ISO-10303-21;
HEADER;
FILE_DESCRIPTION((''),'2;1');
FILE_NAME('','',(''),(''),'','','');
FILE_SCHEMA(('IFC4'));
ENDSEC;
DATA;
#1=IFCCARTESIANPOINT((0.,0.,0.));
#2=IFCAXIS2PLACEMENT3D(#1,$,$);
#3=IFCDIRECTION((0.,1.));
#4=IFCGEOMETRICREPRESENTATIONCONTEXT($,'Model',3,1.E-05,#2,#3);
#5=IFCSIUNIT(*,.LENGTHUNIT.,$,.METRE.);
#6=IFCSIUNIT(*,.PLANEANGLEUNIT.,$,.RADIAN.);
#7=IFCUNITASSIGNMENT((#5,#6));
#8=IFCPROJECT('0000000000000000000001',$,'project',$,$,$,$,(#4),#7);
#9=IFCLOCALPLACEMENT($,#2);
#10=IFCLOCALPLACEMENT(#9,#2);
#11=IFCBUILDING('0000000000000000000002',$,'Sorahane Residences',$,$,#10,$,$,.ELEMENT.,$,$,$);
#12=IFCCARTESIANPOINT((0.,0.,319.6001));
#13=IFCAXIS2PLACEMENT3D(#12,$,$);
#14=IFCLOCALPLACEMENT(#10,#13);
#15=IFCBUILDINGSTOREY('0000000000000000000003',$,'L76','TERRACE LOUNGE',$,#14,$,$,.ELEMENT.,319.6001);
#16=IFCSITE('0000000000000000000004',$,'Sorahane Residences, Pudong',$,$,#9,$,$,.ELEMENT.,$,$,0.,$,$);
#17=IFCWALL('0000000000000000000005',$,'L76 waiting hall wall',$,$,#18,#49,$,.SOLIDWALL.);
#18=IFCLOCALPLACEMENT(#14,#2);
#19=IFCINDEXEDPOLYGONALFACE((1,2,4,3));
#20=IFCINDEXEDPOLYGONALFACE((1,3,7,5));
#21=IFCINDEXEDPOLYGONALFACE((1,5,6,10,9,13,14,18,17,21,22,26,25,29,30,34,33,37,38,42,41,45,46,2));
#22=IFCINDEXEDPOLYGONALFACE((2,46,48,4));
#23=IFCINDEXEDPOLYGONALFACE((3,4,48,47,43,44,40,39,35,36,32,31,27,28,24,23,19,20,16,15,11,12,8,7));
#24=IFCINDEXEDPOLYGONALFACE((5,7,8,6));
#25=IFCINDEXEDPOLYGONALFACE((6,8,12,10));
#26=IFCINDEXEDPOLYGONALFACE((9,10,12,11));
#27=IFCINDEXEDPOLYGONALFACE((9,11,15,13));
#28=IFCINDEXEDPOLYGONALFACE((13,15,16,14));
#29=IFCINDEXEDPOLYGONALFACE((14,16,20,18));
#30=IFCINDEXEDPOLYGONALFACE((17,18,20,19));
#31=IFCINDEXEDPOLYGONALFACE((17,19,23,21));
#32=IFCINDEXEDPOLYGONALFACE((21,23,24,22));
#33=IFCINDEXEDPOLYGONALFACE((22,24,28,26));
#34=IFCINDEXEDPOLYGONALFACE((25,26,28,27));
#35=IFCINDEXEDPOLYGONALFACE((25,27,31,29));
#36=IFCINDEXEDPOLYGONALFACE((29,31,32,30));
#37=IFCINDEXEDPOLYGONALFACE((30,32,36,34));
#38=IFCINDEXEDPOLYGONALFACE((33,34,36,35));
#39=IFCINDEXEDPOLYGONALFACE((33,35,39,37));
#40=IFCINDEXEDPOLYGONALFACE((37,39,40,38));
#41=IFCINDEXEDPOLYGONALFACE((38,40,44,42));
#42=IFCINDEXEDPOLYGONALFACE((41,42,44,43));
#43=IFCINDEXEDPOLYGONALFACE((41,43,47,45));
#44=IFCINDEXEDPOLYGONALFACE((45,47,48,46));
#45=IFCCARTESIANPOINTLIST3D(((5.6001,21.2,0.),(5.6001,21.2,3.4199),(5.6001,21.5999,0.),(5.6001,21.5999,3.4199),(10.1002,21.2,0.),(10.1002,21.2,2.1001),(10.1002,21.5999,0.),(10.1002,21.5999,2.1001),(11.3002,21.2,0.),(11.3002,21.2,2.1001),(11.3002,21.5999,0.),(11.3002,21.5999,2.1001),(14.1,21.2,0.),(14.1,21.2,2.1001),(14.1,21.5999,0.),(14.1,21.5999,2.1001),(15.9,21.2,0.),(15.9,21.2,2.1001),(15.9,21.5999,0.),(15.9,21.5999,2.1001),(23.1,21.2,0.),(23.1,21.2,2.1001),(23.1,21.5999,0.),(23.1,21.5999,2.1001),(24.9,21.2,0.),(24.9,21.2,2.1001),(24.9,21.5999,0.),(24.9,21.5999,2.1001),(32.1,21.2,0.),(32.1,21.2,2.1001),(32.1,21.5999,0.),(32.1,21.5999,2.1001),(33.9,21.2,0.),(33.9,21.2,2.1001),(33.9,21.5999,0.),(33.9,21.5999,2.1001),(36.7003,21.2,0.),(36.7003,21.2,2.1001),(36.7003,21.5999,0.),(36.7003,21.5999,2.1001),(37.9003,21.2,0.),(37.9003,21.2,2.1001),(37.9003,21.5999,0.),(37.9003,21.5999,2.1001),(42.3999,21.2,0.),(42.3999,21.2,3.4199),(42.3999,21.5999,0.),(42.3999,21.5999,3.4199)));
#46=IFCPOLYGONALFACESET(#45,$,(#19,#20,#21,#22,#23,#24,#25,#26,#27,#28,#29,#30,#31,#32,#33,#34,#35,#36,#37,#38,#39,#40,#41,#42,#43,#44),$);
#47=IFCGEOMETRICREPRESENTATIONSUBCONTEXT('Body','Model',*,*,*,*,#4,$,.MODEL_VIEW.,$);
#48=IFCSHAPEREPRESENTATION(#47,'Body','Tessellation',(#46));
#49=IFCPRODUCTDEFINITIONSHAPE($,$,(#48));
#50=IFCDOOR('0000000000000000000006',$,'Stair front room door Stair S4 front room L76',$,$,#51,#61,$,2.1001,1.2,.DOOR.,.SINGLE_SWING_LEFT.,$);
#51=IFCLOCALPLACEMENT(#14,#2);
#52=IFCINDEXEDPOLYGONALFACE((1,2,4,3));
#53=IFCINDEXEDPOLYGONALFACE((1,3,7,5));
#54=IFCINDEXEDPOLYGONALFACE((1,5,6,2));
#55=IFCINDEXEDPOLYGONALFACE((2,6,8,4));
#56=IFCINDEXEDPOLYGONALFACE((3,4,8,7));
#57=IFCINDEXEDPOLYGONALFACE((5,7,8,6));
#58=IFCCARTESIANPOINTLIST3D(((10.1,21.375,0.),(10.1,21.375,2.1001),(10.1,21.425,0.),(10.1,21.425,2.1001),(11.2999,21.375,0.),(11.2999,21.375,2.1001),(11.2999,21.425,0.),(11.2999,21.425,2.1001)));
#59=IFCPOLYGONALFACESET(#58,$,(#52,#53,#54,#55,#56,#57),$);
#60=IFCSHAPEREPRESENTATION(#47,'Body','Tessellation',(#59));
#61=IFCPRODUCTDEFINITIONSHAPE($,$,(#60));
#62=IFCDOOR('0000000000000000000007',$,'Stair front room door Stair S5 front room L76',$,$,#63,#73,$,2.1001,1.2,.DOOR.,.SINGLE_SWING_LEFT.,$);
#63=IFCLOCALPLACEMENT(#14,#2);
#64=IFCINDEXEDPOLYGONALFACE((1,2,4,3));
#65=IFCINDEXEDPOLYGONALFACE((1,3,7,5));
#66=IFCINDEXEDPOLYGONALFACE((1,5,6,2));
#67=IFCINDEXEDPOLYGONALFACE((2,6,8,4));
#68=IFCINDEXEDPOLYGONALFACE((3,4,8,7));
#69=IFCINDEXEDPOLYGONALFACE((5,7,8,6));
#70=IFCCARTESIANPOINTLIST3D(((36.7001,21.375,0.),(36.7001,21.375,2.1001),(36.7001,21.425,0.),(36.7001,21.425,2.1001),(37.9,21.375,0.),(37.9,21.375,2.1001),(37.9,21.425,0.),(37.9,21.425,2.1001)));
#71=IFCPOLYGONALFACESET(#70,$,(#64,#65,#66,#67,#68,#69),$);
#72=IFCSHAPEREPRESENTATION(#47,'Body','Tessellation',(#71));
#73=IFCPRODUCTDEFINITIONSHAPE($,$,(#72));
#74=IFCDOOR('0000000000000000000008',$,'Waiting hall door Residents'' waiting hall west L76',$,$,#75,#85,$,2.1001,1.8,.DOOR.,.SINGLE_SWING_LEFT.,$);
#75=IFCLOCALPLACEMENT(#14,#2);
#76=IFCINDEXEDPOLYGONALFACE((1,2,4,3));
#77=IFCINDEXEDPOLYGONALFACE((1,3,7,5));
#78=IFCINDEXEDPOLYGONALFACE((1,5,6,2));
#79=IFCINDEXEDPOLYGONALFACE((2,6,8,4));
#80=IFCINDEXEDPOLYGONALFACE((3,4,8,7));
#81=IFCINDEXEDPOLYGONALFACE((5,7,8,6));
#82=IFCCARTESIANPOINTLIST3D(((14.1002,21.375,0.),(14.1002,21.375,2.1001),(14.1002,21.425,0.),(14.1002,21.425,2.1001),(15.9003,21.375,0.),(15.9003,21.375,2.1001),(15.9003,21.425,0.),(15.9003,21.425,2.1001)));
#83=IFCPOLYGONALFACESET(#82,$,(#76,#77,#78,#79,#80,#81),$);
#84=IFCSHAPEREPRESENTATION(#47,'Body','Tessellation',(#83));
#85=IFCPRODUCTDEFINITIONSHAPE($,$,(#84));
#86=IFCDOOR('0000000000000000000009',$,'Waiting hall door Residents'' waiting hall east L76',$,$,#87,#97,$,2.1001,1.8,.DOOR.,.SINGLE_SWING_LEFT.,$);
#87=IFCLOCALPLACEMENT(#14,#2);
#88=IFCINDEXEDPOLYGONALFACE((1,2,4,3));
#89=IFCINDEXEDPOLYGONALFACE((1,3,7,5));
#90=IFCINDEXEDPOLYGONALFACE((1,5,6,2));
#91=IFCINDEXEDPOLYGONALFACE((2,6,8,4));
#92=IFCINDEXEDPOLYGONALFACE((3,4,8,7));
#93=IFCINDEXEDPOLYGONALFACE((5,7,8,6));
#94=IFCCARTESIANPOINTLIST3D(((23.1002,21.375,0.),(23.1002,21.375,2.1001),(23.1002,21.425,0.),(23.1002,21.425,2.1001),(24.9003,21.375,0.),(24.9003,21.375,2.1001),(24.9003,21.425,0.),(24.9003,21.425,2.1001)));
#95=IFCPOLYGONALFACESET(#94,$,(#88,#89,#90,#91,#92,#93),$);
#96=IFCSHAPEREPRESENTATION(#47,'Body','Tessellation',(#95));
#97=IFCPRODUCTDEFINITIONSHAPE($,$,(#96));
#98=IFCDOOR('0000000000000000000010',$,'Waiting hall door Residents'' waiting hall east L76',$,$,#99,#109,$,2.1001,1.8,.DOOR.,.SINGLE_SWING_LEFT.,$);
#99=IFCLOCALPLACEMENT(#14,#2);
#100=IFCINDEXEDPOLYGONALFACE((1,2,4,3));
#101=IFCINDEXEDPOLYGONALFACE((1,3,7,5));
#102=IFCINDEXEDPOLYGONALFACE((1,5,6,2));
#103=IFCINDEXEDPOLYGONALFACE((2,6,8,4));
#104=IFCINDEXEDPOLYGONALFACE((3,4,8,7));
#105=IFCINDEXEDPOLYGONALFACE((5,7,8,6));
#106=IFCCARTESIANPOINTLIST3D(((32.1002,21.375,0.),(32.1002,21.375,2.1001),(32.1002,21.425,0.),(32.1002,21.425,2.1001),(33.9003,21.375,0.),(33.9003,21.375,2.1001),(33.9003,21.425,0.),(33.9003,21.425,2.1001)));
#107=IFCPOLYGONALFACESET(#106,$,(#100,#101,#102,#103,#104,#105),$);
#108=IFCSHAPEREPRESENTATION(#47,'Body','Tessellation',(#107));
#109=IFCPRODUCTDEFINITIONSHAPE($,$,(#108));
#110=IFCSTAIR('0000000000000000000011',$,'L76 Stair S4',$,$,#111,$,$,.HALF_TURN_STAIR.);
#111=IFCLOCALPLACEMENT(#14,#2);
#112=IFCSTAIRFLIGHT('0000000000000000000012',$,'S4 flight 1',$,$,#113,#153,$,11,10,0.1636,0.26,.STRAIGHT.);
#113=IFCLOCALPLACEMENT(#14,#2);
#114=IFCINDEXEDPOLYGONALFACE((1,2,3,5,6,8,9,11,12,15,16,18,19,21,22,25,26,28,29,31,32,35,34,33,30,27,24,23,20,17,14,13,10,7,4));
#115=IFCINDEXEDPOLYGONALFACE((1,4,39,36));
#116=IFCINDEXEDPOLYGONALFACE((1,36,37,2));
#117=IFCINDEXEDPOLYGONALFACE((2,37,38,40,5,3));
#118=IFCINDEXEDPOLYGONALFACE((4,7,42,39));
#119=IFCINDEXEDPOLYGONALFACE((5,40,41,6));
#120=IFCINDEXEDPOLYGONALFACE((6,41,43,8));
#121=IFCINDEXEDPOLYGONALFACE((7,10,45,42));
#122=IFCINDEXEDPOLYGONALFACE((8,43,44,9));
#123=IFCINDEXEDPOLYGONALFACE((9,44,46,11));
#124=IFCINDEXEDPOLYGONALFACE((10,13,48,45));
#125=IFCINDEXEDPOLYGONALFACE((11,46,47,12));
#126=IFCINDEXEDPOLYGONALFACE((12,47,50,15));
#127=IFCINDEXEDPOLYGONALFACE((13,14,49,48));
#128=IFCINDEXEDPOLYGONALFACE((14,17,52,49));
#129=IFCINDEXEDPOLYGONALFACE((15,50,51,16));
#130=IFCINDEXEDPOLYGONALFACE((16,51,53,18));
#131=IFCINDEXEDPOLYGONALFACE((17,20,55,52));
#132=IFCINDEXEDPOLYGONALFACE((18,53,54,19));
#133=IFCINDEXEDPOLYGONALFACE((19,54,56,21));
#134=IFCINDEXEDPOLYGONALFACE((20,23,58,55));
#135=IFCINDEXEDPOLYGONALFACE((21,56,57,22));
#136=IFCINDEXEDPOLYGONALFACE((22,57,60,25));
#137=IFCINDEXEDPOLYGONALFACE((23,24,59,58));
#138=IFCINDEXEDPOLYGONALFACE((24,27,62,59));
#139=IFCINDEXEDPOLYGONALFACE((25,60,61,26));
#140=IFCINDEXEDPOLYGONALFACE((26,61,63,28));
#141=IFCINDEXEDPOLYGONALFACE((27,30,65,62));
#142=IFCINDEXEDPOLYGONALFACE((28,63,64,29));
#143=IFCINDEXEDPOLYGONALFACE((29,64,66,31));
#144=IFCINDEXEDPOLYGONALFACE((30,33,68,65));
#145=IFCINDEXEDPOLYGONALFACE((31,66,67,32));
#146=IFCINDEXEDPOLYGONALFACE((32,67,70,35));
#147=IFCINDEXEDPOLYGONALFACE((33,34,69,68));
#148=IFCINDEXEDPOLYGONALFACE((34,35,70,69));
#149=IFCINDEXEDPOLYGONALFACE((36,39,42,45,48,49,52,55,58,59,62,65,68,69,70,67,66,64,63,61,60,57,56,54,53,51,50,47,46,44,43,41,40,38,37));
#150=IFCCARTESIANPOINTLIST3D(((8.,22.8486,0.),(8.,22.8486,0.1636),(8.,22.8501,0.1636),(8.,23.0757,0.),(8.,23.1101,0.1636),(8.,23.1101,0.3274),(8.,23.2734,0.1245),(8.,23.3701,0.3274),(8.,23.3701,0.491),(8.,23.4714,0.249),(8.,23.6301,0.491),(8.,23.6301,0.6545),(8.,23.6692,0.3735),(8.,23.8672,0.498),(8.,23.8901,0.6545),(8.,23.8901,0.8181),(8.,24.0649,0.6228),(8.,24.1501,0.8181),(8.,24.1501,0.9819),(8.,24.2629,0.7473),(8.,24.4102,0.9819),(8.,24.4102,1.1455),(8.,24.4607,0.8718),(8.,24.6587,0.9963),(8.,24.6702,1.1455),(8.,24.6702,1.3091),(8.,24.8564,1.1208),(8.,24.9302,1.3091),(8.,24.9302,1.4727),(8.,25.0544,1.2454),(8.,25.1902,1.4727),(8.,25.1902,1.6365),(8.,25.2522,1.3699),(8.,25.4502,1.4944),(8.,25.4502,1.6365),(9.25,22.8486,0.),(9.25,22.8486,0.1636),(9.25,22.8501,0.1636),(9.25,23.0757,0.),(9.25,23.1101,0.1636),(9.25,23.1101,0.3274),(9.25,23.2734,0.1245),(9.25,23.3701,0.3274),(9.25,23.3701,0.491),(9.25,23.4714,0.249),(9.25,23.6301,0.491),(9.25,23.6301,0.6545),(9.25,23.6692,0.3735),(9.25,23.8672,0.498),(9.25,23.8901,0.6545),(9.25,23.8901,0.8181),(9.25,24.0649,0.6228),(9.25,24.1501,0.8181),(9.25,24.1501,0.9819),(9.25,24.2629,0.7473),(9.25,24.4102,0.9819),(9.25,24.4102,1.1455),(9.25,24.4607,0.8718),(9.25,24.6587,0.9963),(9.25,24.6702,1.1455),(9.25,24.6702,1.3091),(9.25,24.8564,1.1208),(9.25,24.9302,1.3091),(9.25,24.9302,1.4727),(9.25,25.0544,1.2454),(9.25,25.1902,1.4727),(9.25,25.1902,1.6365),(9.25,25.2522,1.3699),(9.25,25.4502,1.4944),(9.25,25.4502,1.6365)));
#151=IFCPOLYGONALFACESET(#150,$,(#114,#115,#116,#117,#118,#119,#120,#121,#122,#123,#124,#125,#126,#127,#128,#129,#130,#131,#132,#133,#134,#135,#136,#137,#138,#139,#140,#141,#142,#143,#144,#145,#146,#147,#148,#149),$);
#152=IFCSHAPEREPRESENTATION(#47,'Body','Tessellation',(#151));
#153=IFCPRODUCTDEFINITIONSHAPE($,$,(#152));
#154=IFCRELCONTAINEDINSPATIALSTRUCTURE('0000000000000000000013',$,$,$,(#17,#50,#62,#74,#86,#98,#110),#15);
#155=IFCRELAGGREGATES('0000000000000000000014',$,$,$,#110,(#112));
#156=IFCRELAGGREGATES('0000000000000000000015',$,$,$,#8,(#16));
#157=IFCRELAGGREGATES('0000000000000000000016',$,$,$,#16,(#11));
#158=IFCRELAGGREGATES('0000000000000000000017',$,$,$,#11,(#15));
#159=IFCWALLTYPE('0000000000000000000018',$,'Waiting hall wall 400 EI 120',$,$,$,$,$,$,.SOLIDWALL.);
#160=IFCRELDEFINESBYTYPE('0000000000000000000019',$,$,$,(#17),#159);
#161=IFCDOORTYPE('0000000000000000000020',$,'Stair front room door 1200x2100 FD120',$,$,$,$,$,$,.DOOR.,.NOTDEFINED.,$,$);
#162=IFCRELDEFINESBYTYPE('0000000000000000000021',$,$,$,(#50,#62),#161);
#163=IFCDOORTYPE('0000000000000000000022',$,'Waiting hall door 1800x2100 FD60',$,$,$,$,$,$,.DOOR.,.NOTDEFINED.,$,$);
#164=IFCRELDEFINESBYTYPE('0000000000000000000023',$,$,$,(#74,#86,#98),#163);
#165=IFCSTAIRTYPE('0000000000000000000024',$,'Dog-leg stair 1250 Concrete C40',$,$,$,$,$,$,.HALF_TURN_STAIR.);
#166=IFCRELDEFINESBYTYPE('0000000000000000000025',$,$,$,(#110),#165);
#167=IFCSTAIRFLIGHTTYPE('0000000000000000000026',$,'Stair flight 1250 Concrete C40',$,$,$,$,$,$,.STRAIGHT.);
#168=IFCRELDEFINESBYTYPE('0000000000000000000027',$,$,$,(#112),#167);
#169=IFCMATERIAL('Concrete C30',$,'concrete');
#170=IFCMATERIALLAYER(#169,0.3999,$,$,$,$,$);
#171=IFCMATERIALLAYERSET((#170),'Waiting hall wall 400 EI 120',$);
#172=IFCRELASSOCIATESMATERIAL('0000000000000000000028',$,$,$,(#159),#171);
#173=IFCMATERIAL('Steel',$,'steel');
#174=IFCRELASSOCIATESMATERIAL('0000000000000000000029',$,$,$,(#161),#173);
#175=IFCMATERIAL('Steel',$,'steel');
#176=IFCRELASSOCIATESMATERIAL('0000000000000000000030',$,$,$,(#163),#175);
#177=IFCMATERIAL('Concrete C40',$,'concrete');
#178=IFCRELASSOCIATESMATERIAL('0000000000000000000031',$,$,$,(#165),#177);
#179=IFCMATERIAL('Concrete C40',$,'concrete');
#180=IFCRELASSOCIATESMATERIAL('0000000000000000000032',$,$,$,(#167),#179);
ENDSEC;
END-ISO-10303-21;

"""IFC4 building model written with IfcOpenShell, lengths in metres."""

from ifc_helpers import new_model, si_unit, direction, frame, frame_2d, origin, place, context, subcontext, project, spatial, polyline, rectangle, outline, extrude, material, layer, layer_set, type_object, element, fill, aggregate, save


model = new_model("IFC4")

# Units and contexts
model_context = context("Model", 3, precision=1e-05, world=origin(), true_north=direction((0.0, 1.0)))
body_context = subcontext(model_context, "Body", "Model", "MODEL_VIEW")
ifc_project = project(units=[si_unit("LENGTHUNIT", "METRE"), si_unit("PLANEANGLEUNIT", "RADIAN")], contexts=[model_context])

# Site, building, storey
site_placement = place(None, origin())
site = spatial("IfcSite", under=ifc_project, at=site_placement, Name="Sorahane Residences, Pudong", CompositionType="ELEMENT", RefElevation=0.0)
building_placement = place(site_placement, origin())
building = spatial("IfcBuilding", under=site, at=building_placement, Name="Sorahane Residences", CompositionType="ELEMENT")
storey_placement = place(building_placement, frame((0.0, 0.0, 319.6001)))
storey = spatial("IfcBuildingStorey", under=building, at=storey_placement, Name="L76", Description="TERRACE LOUNGE", CompositionType="ELEMENT", Elevation=319.6001)

# Wall, openings, doors
ifc_material_1 = material(Name="Concrete C30", Category="concrete")
ifc_layer_1 = layer(ifc_material_1, 0.3999)
ifc_layer_set_1 = layer_set([ifc_layer_1], Name="Waiting hall wall 400 EI 120")
wall_type_1 = type_object("IfcWallType", Name="Waiting hall wall 400 EI 120", PredefinedType="SOLIDWALL", material=ifc_layer_set_1)
wall_1_placement = place(storey_placement, frame((5.6001, 21.3999, 0.0), z_axis=(0.0, 0.0, 1.0), x_axis=(1.0, 0.0, 0.0)))
wall_1 = element("IfcWall", 1, at=wall_1_placement, inside=storey, type_object=wall_type_1, Name="L76 waiting hall wall", PredefinedType="SOLIDWALL", context=body_context, shape_type="SweptSolid", body=[
    extrude(rectangle(XDim=36.7998, YDim=0.3999, at=frame_2d((18.3999, 0.0))), origin(), (0.0, 0.0, 1.0), 3.4199),
])
opening_1_placement = place(wall_1_placement, frame((8.5, 0.0, 0.0)))
opening_1 = element("IfcOpeningElement", 2, at=opening_1_placement, cuts=wall_1, PredefinedType="OPENING", context=body_context, shape_type="SweptSolid", body=[
    extrude(rectangle(XDim=1.8, YDim=2.1001, at=frame_2d((0.8999, 1.05))), frame((0.0, 0.21, 0.0), z_axis=(0.0, -1.0, 0.0), x_axis=(1.0, 0.0, 0.0)), (0.0, 0.0, 1.0), 0.4199),
])
opening_2_placement = place(wall_1_placement, frame((17.5, 0.0, 0.0)))
opening_2 = element("IfcOpeningElement", 3, at=opening_2_placement, cuts=wall_1, PredefinedType="OPENING", context=body_context, shape_type="SweptSolid", body=[
    extrude(rectangle(XDim=1.8, YDim=2.1001, at=frame_2d((0.8999, 1.05))), frame((0.0, 0.21, 0.0), z_axis=(0.0, -1.0, 0.0), x_axis=(1.0, 0.0, 0.0)), (0.0, 0.0, 1.0), 0.4199),
])
opening_3_placement = place(wall_1_placement, frame((26.5, 0.0, 0.0)))
opening_3 = element("IfcOpeningElement", 4, at=opening_3_placement, cuts=wall_1, PredefinedType="OPENING", context=body_context, shape_type="SweptSolid", body=[
    extrude(rectangle(XDim=1.8, YDim=2.1001, at=frame_2d((0.8999, 1.05))), frame((0.0, 0.21, 0.0), z_axis=(0.0, -1.0, 0.0), x_axis=(1.0, 0.0, 0.0)), (0.0, 0.0, 1.0), 0.4199),
])
opening_4_placement = place(wall_1_placement, frame((4.5, 0.0, 0.0)))
opening_4 = element("IfcOpeningElement", 5, at=opening_4_placement, cuts=wall_1, PredefinedType="OPENING", context=body_context, shape_type="SweptSolid", body=[
    extrude(rectangle(XDim=1.2, YDim=2.1001, at=frame_2d((0.6001, 1.05))), frame((0.0, 0.21, 0.0), z_axis=(0.0, -1.0, 0.0), x_axis=(1.0, 0.0, 0.0)), (0.0, 0.0, 1.0), 0.4199),
])
opening_5_placement = place(wall_1_placement, frame((31.1001, 0.0, 0.0)))
opening_5 = element("IfcOpeningElement", 6, at=opening_5_placement, cuts=wall_1, PredefinedType="OPENING", context=body_context, shape_type="SweptSolid", body=[
    extrude(rectangle(XDim=1.2, YDim=2.1001, at=frame_2d((0.6001, 1.05))), frame((0.0, 0.21, 0.0), z_axis=(0.0, -1.0, 0.0), x_axis=(1.0, 0.0, 0.0)), (0.0, 0.0, 1.0), 0.4199),
])
ifc_material_2 = material(Name="Steel", Category="steel")
door_type_1 = type_object("IfcDoorType", Name="Stair front room door 1200x2100 FD120", OperationType="NOTDEFINED", PredefinedType="DOOR", material=ifc_material_2)
door_1_placement = place(opening_4_placement, frame((1.2, 0.0, 0.0), z_axis=(0.0, 0.0, 1.0), x_axis=(-1.0, 0.0, 0.0)))
door_1 = element("IfcDoor", 7, at=door_1_placement, inside=storey, type_object=door_type_1, Name="Stair front room door Stair S4 front room L76", OperationType="SINGLE_SWING_LEFT", OverallHeight=2.1001, OverallWidth=1.2, PredefinedType="DOOR", context=body_context, shape_type="SweptSolid", body=[
    extrude(rectangle(XDim=1.2, YDim=2.1001, at=frame_2d((0.6001, 1.05))), frame((0.0, 0.0249, 0.0), z_axis=(0.0, -1.0, 0.0), x_axis=(1.0, 0.0, 0.0)), (0.0, 0.0, 1.0), 0.05),
])
fill(opening_4, door_1)
door_2_placement = place(opening_5_placement, frame((1.2, 0.0, 0.0), z_axis=(0.0, 0.0, 1.0), x_axis=(-1.0, 0.0, 0.0)))
door_2 = element("IfcDoor", 8, at=door_2_placement, inside=storey, type_object=door_type_1, Name="Stair front room door Stair S5 front room L76", OperationType="SINGLE_SWING_LEFT", OverallHeight=2.1001, OverallWidth=1.2, PredefinedType="DOOR", context=body_context, shape_type="SweptSolid", body=[
    extrude(rectangle(XDim=1.2, YDim=2.1001, at=frame_2d((0.6001, 1.05))), frame((0.0, 0.0249, 0.0), z_axis=(0.0, -1.0, 0.0), x_axis=(1.0, 0.0, 0.0)), (0.0, 0.0, 1.0), 0.05),
])
fill(opening_5, door_2)
ifc_material_3 = material(Name="Steel", Category="steel")
door_type_2 = type_object("IfcDoorType", Name="Waiting hall door 1800x2100 FD60", OperationType="NOTDEFINED", PredefinedType="DOOR", material=ifc_material_3)
door_3_placement = place(opening_1_placement, frame((1.8, 0.0, 0.0), z_axis=(0.0, 0.0, 1.0), x_axis=(-1.0, 0.0, 0.0)))
door_3 = element("IfcDoor", 9, at=door_3_placement, inside=storey, type_object=door_type_2, Name="Waiting hall door Residents' waiting hall west L76", OperationType="SINGLE_SWING_LEFT", OverallHeight=2.1001, OverallWidth=1.8, PredefinedType="DOOR", context=body_context, shape_type="SweptSolid", body=[
    extrude(rectangle(XDim=1.8, YDim=2.1001, at=frame_2d((0.8999, 1.05))), frame((0.0, 0.0249, 0.0), z_axis=(0.0, -1.0, 0.0), x_axis=(1.0, 0.0, 0.0)), (0.0, 0.0, 1.0), 0.05),
])
fill(opening_1, door_3)
door_4_placement = place(opening_2_placement, frame((1.8, 0.0, 0.0), z_axis=(0.0, 0.0, 1.0), x_axis=(-1.0, 0.0, 0.0)))
door_4 = element("IfcDoor", 10, at=door_4_placement, inside=storey, type_object=door_type_2, Name="Waiting hall door Residents' waiting hall east L76", OperationType="SINGLE_SWING_LEFT", OverallHeight=2.1001, OverallWidth=1.8, PredefinedType="DOOR", context=body_context, shape_type="SweptSolid", body=[
    extrude(rectangle(XDim=1.8, YDim=2.1001, at=frame_2d((0.8999, 1.05))), frame((0.0, 0.0249, 0.0), z_axis=(0.0, -1.0, 0.0), x_axis=(1.0, 0.0, 0.0)), (0.0, 0.0, 1.0), 0.05),
])
fill(opening_2, door_4)
door_5_placement = place(opening_3_placement, frame((1.8, 0.0, 0.0), z_axis=(0.0, 0.0, 1.0), x_axis=(-1.0, 0.0, 0.0)))
door_5 = element("IfcDoor", 11, at=door_5_placement, inside=storey, type_object=door_type_2, Name="Waiting hall door Residents' waiting hall east L76", OperationType="SINGLE_SWING_LEFT", OverallHeight=2.1001, OverallWidth=1.8, PredefinedType="DOOR", context=body_context, shape_type="SweptSolid", body=[
    extrude(rectangle(XDim=1.8, YDim=2.1001, at=frame_2d((0.8999, 1.05))), frame((0.0, 0.0249, 0.0), z_axis=(0.0, -1.0, 0.0), x_axis=(1.0, 0.0, 0.0)), (0.0, 0.0, 1.0), 0.05),
])
fill(opening_3, door_5)

# Stair, stair flight
ifc_material_4 = material(Name="Concrete C40", Category="concrete")
stair_type = type_object("IfcStairType", Name="Dog-leg stair 1250 Concrete C40", PredefinedType="HALF_TURN_STAIR", material=ifc_material_4)
stair_placement = place(storey_placement, origin())
stair = element("IfcStair", 12, at=stair_placement, inside=storey, type_object=stair_type, Name="L76 Stair S4", PredefinedType="HALF_TURN_STAIR")
ifc_material_5 = material(Name="Concrete C40", Category="concrete")
stair_flight_type = type_object("IfcStairFlightType", Name="Stair flight 1250 Concrete C40", PredefinedType="STRAIGHT", material=ifc_material_5)
stair_flight_placement = place(storey_placement, frame((8.625, 22.8501, 0.0), z_axis=(0.0, 0.0, 1.0), x_axis=(0.0, 1.0, 0.0)))
stair_flight = element("IfcStairFlight", 13, at=stair_flight_placement, type_object=stair_flight_type, Name="S4 flight 1", NumberOfRisers=11, NumberOfTreads=10, PredefinedType="STRAIGHT", RiserHeight=0.1636, TreadLength=0.26, context=body_context, shape_type="SweptSolid", body=[
    extrude(outline(polyline([(-0.0015, 0.0), (-0.0015, 0.1636), (0.0, 0.1636), (0.26, 0.1636), (0.26, 0.3274), (0.52, 0.3274), (0.52, 0.491), (0.78, 0.491), (0.78, 0.6545), (1.04, 0.6545), (1.04, 0.8181), (1.3, 0.8181), (1.3, 0.9819), (1.5601, 0.9819), (1.5601, 1.1455), (1.8201, 1.1455), (1.8201, 1.3091), (2.0801, 1.3091), (2.0801, 1.4727), (2.3401, 1.4727), (2.3401, 1.6365), (2.6001, 1.6365), (2.6001, 1.8), (2.6001, 1.4944), (2.4021, 1.3699), (2.2043, 1.2454), (2.0063, 1.1208), (1.8086, 0.9963), (1.6106, 0.8718), (1.4128, 0.7473), (1.2148, 0.6228), (1.0171, 0.498), (0.8191, 0.3735), (0.6213, 0.249), (0.4233, 0.1245), (0.2256, 0.0), (-0.0015, 0.0)])), frame((0.0, 0.625, 0.0), z_axis=(0.0, -1.0, 0.0), x_axis=(1.0, 0.0, 0.0)), (0.0, 0.0, 1.0), 1.25),
])
aggregate(stair, [stair_flight])

save(model, "model.ifc")
